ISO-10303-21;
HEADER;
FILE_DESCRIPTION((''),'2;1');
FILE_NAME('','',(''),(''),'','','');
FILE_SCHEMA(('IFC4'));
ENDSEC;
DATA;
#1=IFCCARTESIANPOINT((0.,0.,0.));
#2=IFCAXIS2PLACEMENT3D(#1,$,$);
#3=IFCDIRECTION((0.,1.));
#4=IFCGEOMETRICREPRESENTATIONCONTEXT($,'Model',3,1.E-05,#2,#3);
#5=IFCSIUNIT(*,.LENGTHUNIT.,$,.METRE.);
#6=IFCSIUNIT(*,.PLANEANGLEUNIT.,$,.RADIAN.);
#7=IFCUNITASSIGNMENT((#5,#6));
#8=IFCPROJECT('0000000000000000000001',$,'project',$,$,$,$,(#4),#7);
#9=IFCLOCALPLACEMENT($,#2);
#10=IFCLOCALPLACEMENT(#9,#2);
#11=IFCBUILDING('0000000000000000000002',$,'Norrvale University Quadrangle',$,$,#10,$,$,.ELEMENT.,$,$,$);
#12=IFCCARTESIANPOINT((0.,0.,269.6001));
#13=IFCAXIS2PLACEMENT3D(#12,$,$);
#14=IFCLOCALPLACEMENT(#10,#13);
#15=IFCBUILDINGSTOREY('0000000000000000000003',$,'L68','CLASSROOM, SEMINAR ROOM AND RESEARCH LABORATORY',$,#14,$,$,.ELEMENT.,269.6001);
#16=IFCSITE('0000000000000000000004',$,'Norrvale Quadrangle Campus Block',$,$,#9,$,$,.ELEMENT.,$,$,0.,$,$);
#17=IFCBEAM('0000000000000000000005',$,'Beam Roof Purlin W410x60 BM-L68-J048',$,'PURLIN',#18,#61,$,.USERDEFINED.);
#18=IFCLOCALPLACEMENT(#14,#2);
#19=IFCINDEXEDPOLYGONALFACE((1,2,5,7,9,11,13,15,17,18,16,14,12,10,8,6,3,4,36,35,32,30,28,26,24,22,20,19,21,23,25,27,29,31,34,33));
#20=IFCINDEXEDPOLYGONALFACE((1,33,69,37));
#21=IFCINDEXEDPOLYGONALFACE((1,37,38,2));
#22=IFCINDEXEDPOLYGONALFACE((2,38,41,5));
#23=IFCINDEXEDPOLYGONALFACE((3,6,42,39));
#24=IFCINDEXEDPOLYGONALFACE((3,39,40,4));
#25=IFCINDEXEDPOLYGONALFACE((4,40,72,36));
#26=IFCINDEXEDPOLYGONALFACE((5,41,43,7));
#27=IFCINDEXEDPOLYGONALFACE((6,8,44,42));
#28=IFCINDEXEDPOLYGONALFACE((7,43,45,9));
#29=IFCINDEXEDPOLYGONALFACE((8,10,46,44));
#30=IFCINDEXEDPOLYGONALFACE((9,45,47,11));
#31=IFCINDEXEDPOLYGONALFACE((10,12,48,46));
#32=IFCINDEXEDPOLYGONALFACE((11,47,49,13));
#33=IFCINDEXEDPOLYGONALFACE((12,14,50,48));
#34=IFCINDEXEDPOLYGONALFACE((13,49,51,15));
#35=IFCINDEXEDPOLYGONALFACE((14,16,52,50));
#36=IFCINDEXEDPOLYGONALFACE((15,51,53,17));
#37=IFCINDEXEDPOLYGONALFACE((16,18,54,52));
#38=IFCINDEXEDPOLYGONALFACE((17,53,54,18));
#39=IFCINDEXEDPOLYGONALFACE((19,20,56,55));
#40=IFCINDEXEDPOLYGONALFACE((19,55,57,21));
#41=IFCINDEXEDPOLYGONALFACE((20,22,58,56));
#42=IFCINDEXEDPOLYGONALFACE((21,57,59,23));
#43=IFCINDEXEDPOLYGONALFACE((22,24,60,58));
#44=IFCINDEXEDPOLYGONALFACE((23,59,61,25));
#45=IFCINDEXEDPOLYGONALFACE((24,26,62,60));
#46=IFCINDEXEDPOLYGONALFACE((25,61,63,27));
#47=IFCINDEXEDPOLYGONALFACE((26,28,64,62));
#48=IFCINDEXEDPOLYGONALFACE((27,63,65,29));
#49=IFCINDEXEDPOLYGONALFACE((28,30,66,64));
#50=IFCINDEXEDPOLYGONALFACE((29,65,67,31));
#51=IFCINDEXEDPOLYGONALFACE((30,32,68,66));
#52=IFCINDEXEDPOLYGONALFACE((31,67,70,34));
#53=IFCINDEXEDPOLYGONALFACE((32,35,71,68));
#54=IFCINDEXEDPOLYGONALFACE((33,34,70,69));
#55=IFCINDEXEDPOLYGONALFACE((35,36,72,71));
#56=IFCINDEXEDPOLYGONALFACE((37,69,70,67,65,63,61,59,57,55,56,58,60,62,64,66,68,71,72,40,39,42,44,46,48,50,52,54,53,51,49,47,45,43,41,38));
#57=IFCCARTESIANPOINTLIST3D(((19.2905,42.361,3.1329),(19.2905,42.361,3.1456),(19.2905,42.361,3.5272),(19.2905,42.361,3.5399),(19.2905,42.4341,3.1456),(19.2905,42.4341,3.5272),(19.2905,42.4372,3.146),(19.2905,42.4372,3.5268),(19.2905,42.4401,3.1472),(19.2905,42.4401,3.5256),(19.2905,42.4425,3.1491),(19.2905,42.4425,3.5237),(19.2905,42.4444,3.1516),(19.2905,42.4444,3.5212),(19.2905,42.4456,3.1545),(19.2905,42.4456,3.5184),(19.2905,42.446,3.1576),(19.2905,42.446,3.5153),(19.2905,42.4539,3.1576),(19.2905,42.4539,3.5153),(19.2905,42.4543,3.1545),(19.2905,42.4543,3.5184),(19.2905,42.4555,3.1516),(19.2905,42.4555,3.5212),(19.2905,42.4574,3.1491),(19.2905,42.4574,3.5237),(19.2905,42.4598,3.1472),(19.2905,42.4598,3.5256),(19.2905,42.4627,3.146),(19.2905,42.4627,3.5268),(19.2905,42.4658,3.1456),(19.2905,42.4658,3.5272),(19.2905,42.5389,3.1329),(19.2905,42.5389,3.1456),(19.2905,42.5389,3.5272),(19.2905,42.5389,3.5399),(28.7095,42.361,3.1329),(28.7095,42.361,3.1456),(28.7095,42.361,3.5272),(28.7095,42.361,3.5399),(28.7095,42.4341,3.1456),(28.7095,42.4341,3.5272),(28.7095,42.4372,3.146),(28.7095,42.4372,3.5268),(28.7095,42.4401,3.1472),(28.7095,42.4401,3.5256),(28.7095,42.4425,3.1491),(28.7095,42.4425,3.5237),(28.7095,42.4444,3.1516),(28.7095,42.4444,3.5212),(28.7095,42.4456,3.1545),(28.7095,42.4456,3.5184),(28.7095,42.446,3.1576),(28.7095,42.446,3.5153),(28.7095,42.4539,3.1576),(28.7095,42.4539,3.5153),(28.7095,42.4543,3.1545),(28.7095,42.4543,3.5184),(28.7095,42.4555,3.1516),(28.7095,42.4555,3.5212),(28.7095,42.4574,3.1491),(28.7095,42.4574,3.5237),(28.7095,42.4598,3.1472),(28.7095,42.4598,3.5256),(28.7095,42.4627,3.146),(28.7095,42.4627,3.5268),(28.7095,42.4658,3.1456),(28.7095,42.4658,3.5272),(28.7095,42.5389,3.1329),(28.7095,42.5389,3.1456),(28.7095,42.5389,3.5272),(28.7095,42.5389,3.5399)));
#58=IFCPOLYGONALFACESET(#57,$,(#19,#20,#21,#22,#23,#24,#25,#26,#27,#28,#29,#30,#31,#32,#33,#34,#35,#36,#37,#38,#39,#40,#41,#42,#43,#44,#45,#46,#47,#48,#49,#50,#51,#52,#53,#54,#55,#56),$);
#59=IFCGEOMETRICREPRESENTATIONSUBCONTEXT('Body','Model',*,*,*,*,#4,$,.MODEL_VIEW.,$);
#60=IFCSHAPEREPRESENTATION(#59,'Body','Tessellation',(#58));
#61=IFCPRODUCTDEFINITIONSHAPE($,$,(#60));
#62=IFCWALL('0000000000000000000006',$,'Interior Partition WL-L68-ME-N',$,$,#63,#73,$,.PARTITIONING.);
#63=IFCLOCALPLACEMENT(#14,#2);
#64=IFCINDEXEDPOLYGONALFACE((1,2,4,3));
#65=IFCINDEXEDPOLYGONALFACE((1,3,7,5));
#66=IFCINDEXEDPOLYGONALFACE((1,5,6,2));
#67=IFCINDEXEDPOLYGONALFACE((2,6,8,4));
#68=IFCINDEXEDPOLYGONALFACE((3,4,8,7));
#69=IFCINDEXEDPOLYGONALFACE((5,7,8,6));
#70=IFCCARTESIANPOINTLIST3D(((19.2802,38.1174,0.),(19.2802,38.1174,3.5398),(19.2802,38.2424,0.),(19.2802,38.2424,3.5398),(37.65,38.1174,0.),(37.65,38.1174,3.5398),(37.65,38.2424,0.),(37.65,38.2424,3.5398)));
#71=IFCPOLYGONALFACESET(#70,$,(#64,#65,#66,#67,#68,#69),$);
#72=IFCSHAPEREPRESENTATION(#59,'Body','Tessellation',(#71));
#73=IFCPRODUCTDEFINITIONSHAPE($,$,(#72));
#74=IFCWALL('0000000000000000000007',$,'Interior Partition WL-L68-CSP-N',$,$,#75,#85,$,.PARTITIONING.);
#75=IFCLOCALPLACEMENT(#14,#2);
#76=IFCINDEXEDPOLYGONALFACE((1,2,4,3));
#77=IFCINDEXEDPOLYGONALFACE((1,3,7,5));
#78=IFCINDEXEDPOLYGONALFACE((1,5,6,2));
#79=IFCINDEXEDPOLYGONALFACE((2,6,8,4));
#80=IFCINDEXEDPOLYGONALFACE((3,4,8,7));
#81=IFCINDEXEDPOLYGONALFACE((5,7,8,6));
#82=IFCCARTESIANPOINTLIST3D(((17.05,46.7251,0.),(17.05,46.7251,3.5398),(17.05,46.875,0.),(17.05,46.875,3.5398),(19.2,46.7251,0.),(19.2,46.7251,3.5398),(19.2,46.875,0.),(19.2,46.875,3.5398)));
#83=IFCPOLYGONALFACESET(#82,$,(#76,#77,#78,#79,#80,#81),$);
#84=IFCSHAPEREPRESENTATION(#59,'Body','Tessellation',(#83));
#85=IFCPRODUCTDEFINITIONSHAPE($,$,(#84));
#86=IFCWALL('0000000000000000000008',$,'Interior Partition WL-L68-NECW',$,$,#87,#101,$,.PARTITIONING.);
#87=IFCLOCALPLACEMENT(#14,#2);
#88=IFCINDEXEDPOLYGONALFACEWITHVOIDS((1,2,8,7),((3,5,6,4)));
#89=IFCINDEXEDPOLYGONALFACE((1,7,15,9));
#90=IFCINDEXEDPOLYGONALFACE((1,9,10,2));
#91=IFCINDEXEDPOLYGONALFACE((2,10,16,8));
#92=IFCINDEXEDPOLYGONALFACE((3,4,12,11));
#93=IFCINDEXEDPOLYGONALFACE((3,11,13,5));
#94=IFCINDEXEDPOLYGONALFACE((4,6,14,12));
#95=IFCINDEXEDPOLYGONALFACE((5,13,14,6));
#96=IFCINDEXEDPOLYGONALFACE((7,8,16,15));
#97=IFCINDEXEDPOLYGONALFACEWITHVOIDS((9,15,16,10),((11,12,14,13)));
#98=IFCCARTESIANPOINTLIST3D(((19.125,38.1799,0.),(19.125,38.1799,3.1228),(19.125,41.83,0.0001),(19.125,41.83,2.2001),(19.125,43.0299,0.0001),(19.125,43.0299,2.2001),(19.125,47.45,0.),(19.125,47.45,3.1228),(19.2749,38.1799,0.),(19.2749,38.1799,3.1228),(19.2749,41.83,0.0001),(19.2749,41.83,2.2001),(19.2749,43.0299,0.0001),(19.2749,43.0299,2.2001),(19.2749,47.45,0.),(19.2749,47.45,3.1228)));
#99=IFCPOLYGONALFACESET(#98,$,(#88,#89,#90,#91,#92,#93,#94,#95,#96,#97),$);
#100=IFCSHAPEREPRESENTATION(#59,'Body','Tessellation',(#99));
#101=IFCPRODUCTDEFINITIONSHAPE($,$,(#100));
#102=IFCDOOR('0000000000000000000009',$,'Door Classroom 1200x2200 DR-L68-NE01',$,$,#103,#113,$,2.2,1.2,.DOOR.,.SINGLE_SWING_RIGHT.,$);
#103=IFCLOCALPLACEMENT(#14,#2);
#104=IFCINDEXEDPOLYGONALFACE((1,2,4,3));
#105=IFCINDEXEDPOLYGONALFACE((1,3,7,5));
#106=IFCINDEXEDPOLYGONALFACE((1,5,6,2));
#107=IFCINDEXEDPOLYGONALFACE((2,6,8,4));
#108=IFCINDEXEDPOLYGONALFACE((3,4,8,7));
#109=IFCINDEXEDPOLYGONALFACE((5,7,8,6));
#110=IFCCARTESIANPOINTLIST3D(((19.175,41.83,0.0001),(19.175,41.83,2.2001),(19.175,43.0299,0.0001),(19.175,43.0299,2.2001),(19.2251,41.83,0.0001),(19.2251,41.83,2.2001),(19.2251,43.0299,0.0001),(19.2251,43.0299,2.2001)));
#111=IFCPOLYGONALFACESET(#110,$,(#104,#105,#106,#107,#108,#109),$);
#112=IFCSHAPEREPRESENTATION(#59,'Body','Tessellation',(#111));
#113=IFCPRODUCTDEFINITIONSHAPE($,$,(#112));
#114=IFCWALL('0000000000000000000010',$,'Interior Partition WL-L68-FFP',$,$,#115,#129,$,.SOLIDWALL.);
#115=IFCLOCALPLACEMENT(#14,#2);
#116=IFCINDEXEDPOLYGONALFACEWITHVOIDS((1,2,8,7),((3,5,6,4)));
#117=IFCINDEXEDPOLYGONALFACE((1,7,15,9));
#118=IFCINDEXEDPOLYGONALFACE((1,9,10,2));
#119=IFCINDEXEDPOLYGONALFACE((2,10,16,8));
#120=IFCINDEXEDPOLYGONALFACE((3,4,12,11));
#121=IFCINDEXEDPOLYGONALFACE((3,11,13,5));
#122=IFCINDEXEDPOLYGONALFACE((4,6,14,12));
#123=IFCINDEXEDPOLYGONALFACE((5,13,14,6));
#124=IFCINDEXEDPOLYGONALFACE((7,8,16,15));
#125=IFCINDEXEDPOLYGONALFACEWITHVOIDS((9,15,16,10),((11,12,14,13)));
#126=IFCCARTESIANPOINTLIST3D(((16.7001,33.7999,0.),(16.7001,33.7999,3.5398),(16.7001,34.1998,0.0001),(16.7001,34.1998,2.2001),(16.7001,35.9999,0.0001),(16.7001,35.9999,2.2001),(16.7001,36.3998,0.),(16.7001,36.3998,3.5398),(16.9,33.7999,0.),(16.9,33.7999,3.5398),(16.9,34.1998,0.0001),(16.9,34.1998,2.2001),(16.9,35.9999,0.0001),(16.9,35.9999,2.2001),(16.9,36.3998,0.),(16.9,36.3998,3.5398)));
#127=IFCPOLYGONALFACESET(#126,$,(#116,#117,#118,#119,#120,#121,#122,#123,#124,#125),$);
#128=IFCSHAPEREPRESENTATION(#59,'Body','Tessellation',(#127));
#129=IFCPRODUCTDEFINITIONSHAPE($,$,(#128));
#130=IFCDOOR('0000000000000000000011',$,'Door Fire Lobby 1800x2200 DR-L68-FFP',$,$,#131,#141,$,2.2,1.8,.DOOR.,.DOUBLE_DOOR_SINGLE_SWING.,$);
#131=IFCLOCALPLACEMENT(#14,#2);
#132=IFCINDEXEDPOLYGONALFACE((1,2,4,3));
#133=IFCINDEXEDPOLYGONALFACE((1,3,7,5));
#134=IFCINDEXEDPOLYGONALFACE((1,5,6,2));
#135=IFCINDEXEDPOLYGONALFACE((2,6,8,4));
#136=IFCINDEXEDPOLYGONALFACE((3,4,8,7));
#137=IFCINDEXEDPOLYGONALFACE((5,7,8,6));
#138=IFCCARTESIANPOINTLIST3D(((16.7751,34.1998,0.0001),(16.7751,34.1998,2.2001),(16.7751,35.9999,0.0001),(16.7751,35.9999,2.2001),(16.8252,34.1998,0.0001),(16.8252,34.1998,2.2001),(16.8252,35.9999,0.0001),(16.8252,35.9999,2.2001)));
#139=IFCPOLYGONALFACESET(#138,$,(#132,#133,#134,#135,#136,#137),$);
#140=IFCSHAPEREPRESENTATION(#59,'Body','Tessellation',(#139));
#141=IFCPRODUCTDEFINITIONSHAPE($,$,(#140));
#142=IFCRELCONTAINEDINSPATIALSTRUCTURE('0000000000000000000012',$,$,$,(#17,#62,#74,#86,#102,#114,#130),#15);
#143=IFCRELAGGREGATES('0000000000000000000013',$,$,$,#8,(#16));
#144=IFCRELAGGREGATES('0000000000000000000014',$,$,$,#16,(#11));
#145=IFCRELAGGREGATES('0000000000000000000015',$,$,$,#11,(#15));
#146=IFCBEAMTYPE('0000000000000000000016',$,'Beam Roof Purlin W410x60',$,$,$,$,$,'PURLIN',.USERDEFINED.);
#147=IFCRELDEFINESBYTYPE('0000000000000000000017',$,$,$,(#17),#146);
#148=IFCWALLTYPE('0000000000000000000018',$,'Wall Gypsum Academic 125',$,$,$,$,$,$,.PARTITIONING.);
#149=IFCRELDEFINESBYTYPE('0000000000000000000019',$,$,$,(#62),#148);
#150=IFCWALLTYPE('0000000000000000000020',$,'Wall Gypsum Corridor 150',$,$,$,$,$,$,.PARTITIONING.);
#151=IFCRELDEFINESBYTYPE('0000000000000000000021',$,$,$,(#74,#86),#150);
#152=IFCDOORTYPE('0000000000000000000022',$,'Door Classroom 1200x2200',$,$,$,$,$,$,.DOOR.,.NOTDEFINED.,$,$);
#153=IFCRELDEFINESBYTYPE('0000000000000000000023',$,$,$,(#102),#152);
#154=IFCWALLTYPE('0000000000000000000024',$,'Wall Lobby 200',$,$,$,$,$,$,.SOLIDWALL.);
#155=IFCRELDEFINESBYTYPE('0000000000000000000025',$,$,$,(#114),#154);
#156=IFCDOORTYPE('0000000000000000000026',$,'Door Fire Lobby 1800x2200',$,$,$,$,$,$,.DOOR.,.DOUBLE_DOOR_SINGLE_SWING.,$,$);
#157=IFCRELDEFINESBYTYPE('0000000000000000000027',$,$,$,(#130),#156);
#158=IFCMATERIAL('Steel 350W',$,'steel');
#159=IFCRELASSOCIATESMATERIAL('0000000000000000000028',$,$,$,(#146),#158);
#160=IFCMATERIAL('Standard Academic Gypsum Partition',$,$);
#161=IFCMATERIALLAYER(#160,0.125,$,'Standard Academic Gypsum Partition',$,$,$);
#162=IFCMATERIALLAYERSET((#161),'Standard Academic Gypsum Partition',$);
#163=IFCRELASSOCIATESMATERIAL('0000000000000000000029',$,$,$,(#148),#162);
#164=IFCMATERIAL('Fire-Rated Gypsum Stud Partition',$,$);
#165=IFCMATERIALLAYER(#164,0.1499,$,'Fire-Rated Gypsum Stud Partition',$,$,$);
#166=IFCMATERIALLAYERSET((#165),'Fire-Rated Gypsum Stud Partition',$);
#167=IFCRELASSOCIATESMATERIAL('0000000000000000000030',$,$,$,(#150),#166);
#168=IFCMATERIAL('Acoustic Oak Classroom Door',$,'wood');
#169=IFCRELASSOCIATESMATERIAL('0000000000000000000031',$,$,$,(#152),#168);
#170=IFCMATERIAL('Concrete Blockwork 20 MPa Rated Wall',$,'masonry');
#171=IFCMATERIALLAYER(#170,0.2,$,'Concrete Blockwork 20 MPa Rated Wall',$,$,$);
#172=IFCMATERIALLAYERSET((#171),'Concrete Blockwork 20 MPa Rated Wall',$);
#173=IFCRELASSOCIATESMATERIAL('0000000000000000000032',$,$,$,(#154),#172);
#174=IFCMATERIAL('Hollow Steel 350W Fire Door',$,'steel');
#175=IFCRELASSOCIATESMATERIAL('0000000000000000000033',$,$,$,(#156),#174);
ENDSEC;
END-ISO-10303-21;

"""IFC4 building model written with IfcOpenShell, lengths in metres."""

from ifc_helpers import new_model, si_unit, direction, frame, frame_2d, origin, origin_2d, place, context, subcontext, project, spatial, rectangle, i_section, extrude, material, layer, layer_set, material_profile, profile_set, type_object, element, fill, save


model = new_model("IFC4")

# Units and contexts
model_context = context("Model", 3, precision=1e-05, world=origin(), true_north=direction((0.0, 1.0)))
body_context = subcontext(model_context, "Body", "Model", "MODEL_VIEW")
ifc_project = project(units=[si_unit("LENGTHUNIT", "METRE"), si_unit("PLANEANGLEUNIT", "RADIAN")], contexts=[model_context])

# Site, building, storey
site_placement = place(None, origin())
site = spatial("IfcSite", under=ifc_project, at=site_placement, Name="Norrvale Quadrangle Campus Block", CompositionType="ELEMENT", RefElevation=0.0)
building_placement = place(site_placement, origin())
building = spatial("IfcBuilding", under=site, at=building_placement, Name="Norrvale University Quadrangle", CompositionType="ELEMENT")
storey_placement = place(building_placement, frame((0.0, 0.0, 269.6001)))
storey = spatial("IfcBuildingStorey", under=building, at=storey_placement, Name="L68", Description="CLASSROOM, SEMINAR ROOM AND RESEARCH LABORATORY", CompositionType="ELEMENT", Elevation=269.6001)

# Beam
ifc_material_1 = material(Name="Steel 350W", Category="steel")
ifc_material_profile_1 = material_profile(ifc_material_1, i_section(OverallWidth=0.178, OverallDepth=0.407, WebThickness=0.0078, FlangeThickness=0.0127, FilletRadius=0.012, at=origin_2d()), Name="Steel 350W")
ifc_profile_set_1 = profile_set([ifc_material_profile_1], Name="Steel 350W")
beam_type_1 = type_object("IfcBeamType", Name="Beam Roof Purlin W410x60", ElementType="PURLIN", PredefinedType="USERDEFINED", material=ifc_profile_set_1)
for number, where, z_axis, x_axis, name in (
    (1, (19.2905, 42.45, 3.3364), (1.0, 0.0, 0.0), (0.0, 1.0, 0.0), "Beam Roof Purlin W410x60 BM-L68-J048"),
):
    element("IfcBeam", number, at=place(storey_placement, frame(where, z_axis=z_axis, x_axis=x_axis)), inside=storey, type_object=beam_type_1, Name=name, ObjectType="PURLIN", PredefinedType="USERDEFINED", context=body_context, shape_type="SweptSolid", body=[
        extrude(i_section(OverallWidth=0.178, OverallDepth=0.407, WebThickness=0.0078, FlangeThickness=0.0127, FilletRadius=0.012, at=origin_2d()), origin(), (0.0, 0.0, 1.0), 9.4189),
    ])

# Walls
ifc_material_2 = material(Name="Standard Academic Gypsum Partition")
ifc_layer_1 = layer(ifc_material_2, 0.125, Name="Standard Academic Gypsum Partition")
ifc_layer_set_1 = layer_set([ifc_layer_1], Name="Standard Academic Gypsum Partition")
wall_type_1 = type_object("IfcWallType", Name="Wall Gypsum Academic 125", PredefinedType="PARTITIONING", material=ifc_layer_set_1)
wall_1_placement = place(storey_placement, frame((19.28, 38.1799, 0.0), z_axis=(0.0, 0.0, 1.0), x_axis=(1.0, 0.0, 0.0)))
element("IfcWall", 2, at=wall_1_placement, inside=storey, type_object=wall_type_1, Name="Interior Partition WL-L68-ME-N", PredefinedType="PARTITIONING", context=body_context, shape_type="SweptSolid", body=[
    extrude(rectangle(XDim=18.3699, YDim=0.125, at=frame_2d((9.1851, 0.0))), origin(), (0.0, 0.0, 1.0), 3.5398),
])
ifc_material_3 = material(Name="Fire-Rated Gypsum Stud Partition")
ifc_layer_2 = layer(ifc_material_3, 0.1499, Name="Fire-Rated Gypsum Stud Partition")
ifc_layer_set_2 = layer_set([ifc_layer_2], Name="Fire-Rated Gypsum Stud Partition")
wall_type_2 = type_object("IfcWallType", Name="Wall Gypsum Corridor 150", PredefinedType="PARTITIONING", material=ifc_layer_set_2)
wall_2_placement = place(storey_placement, frame((17.05, 46.8, 0.0), z_axis=(0.0, 0.0, 1.0), x_axis=(1.0, 0.0, 0.0)))
element("IfcWall", 3, at=wall_2_placement, inside=storey, type_object=wall_type_2, Name="Interior Partition WL-L68-CSP-N", PredefinedType="PARTITIONING", context=body_context, shape_type="SweptSolid", body=[
    extrude(rectangle(XDim=2.1499, YDim=0.1499, at=frame_2d((1.075, 0.0))), origin(), (0.0, 0.0, 1.0), 3.5398),
])

# Walls, openings, doors
wall_3_placement = place(storey_placement, frame((19.2, 38.1799, 0.0), z_axis=(0.0, 0.0, 1.0), x_axis=(0.0, 1.0, 0.0)))
wall_3 = element("IfcWall", 4, at=wall_3_placement, inside=storey, type_object=wall_type_2, Name="Interior Partition WL-L68-NECW", PredefinedType="PARTITIONING", context=body_context, shape_type="SweptSolid", body=[
    extrude(rectangle(XDim=9.27, YDim=0.1499, at=frame_2d((4.635, 0.0))), origin(), (0.0, 0.0, 1.0), 3.1228),
])
opening_1_placement = place(wall_3_placement, frame((3.6499, 0.0, 0.0)))
opening_1 = element("IfcOpeningElement", 5, at=opening_1_placement, cuts=wall_3, PredefinedType="OPENING", context=body_context, shape_type="SweptSolid", body=[
    extrude(rectangle(XDim=1.2, YDim=2.2, at=frame_2d((0.6001, 1.1001))), frame((0.0, 0.0869, 0.0), z_axis=(0.0, -1.0, 0.0), x_axis=(1.0, 0.0, 0.0)), (0.0, 0.0, 1.0), 0.1738),
])
ifc_material_4 = material(Name="Acoustic Oak Classroom Door", Category="wood")
door_type_1 = type_object("IfcDoorType", Name="Door Classroom 1200x2200", OperationType="NOTDEFINED", PredefinedType="DOOR", material=ifc_material_4)
door_1_placement = place(opening_1_placement, origin())
door_1 = element("IfcDoor", 6, at=door_1_placement, inside=storey, type_object=door_type_1, Name="Door Classroom 1200x2200 DR-L68-NE01", OperationType="SINGLE_SWING_RIGHT", OverallHeight=2.2, OverallWidth=1.2, PredefinedType="DOOR", context=body_context, shape_type="SweptSolid", body=[
    extrude(rectangle(XDim=1.2, YDim=2.2, at=frame_2d((0.6001, 1.1001))), frame((0.0, 0.0249, 0.0), z_axis=(0.0, -1.0, 0.0), x_axis=(1.0, 0.0, 0.0)), (0.0, 0.0, 1.0), 0.05),
])
fill(opening_1, door_1)
ifc_material_5 = material(Name="Concrete Blockwork 20 MPa Rated Wall", Category="masonry")
ifc_layer_3 = layer(ifc_material_5, 0.2, Name="Concrete Blockwork 20 MPa Rated Wall")
ifc_layer_set_3 = layer_set([ifc_layer_3], Name="Concrete Blockwork 20 MPa Rated Wall")
wall_type_3 = type_object("IfcWallType", Name="Wall Lobby 200", PredefinedType="SOLIDWALL", material=ifc_layer_set_3)
wall_4_placement = place(storey_placement, frame((16.8, 33.8, 0.0), z_axis=(0.0, 0.0, 1.0), x_axis=(0.0, 1.0, 0.0)))
wall_4 = element("IfcWall", 7, at=wall_4_placement, inside=storey, type_object=wall_type_3, Name="Interior Partition WL-L68-FFP", PredefinedType="SOLIDWALL", context=body_context, shape_type="SweptSolid", body=[
    extrude(rectangle(XDim=2.5999, YDim=0.2, at=frame_2d((1.2998, 0.0))), origin(), (0.0, 0.0, 1.0), 3.5398),
])
opening_2_placement = place(wall_4_placement, frame((0.3999, 0.0, 0.0)))
opening_2 = element("IfcOpeningElement", 8, at=opening_2_placement, cuts=wall_4, PredefinedType="OPENING", context=body_context, shape_type="SweptSolid", body=[
    extrude(rectangle(XDim=1.8, YDim=2.2, at=frame_2d((0.8999, 1.1001))), frame((0.0, 0.1121, 0.0), z_axis=(0.0, -1.0, 0.0), x_axis=(1.0, 0.0, 0.0)), (0.0, 0.0, 1.0), 0.2239),
])
ifc_material_6 = material(Name="Hollow Steel 350W Fire Door", Category="steel")
door_type_2 = type_object("IfcDoorType", Name="Door Fire Lobby 1800x2200", OperationType="DOUBLE_DOOR_SINGLE_SWING", PredefinedType="DOOR", material=ifc_material_6)
door_2_placement = place(opening_2_placement, origin())
door_2 = element("IfcDoor", 9, at=door_2_placement, inside=storey, type_object=door_type_2, Name="Door Fire Lobby 1800x2200 DR-L68-FFP", OperationType="DOUBLE_DOOR_SINGLE_SWING", OverallHeight=2.2, OverallWidth=1.8, PredefinedType="DOOR", context=body_context, shape_type="SweptSolid", body=[
    extrude(rectangle(XDim=1.8, YDim=2.2, at=frame_2d((0.8999, 1.1001))), frame((0.0, 0.0249, 0.0), z_axis=(0.0, -1.0, 0.0), x_axis=(1.0, 0.0, 0.0)), (0.0, 0.0, 1.0), 0.05),
])
fill(opening_2, door_2)

save(model, "model.ifc")
